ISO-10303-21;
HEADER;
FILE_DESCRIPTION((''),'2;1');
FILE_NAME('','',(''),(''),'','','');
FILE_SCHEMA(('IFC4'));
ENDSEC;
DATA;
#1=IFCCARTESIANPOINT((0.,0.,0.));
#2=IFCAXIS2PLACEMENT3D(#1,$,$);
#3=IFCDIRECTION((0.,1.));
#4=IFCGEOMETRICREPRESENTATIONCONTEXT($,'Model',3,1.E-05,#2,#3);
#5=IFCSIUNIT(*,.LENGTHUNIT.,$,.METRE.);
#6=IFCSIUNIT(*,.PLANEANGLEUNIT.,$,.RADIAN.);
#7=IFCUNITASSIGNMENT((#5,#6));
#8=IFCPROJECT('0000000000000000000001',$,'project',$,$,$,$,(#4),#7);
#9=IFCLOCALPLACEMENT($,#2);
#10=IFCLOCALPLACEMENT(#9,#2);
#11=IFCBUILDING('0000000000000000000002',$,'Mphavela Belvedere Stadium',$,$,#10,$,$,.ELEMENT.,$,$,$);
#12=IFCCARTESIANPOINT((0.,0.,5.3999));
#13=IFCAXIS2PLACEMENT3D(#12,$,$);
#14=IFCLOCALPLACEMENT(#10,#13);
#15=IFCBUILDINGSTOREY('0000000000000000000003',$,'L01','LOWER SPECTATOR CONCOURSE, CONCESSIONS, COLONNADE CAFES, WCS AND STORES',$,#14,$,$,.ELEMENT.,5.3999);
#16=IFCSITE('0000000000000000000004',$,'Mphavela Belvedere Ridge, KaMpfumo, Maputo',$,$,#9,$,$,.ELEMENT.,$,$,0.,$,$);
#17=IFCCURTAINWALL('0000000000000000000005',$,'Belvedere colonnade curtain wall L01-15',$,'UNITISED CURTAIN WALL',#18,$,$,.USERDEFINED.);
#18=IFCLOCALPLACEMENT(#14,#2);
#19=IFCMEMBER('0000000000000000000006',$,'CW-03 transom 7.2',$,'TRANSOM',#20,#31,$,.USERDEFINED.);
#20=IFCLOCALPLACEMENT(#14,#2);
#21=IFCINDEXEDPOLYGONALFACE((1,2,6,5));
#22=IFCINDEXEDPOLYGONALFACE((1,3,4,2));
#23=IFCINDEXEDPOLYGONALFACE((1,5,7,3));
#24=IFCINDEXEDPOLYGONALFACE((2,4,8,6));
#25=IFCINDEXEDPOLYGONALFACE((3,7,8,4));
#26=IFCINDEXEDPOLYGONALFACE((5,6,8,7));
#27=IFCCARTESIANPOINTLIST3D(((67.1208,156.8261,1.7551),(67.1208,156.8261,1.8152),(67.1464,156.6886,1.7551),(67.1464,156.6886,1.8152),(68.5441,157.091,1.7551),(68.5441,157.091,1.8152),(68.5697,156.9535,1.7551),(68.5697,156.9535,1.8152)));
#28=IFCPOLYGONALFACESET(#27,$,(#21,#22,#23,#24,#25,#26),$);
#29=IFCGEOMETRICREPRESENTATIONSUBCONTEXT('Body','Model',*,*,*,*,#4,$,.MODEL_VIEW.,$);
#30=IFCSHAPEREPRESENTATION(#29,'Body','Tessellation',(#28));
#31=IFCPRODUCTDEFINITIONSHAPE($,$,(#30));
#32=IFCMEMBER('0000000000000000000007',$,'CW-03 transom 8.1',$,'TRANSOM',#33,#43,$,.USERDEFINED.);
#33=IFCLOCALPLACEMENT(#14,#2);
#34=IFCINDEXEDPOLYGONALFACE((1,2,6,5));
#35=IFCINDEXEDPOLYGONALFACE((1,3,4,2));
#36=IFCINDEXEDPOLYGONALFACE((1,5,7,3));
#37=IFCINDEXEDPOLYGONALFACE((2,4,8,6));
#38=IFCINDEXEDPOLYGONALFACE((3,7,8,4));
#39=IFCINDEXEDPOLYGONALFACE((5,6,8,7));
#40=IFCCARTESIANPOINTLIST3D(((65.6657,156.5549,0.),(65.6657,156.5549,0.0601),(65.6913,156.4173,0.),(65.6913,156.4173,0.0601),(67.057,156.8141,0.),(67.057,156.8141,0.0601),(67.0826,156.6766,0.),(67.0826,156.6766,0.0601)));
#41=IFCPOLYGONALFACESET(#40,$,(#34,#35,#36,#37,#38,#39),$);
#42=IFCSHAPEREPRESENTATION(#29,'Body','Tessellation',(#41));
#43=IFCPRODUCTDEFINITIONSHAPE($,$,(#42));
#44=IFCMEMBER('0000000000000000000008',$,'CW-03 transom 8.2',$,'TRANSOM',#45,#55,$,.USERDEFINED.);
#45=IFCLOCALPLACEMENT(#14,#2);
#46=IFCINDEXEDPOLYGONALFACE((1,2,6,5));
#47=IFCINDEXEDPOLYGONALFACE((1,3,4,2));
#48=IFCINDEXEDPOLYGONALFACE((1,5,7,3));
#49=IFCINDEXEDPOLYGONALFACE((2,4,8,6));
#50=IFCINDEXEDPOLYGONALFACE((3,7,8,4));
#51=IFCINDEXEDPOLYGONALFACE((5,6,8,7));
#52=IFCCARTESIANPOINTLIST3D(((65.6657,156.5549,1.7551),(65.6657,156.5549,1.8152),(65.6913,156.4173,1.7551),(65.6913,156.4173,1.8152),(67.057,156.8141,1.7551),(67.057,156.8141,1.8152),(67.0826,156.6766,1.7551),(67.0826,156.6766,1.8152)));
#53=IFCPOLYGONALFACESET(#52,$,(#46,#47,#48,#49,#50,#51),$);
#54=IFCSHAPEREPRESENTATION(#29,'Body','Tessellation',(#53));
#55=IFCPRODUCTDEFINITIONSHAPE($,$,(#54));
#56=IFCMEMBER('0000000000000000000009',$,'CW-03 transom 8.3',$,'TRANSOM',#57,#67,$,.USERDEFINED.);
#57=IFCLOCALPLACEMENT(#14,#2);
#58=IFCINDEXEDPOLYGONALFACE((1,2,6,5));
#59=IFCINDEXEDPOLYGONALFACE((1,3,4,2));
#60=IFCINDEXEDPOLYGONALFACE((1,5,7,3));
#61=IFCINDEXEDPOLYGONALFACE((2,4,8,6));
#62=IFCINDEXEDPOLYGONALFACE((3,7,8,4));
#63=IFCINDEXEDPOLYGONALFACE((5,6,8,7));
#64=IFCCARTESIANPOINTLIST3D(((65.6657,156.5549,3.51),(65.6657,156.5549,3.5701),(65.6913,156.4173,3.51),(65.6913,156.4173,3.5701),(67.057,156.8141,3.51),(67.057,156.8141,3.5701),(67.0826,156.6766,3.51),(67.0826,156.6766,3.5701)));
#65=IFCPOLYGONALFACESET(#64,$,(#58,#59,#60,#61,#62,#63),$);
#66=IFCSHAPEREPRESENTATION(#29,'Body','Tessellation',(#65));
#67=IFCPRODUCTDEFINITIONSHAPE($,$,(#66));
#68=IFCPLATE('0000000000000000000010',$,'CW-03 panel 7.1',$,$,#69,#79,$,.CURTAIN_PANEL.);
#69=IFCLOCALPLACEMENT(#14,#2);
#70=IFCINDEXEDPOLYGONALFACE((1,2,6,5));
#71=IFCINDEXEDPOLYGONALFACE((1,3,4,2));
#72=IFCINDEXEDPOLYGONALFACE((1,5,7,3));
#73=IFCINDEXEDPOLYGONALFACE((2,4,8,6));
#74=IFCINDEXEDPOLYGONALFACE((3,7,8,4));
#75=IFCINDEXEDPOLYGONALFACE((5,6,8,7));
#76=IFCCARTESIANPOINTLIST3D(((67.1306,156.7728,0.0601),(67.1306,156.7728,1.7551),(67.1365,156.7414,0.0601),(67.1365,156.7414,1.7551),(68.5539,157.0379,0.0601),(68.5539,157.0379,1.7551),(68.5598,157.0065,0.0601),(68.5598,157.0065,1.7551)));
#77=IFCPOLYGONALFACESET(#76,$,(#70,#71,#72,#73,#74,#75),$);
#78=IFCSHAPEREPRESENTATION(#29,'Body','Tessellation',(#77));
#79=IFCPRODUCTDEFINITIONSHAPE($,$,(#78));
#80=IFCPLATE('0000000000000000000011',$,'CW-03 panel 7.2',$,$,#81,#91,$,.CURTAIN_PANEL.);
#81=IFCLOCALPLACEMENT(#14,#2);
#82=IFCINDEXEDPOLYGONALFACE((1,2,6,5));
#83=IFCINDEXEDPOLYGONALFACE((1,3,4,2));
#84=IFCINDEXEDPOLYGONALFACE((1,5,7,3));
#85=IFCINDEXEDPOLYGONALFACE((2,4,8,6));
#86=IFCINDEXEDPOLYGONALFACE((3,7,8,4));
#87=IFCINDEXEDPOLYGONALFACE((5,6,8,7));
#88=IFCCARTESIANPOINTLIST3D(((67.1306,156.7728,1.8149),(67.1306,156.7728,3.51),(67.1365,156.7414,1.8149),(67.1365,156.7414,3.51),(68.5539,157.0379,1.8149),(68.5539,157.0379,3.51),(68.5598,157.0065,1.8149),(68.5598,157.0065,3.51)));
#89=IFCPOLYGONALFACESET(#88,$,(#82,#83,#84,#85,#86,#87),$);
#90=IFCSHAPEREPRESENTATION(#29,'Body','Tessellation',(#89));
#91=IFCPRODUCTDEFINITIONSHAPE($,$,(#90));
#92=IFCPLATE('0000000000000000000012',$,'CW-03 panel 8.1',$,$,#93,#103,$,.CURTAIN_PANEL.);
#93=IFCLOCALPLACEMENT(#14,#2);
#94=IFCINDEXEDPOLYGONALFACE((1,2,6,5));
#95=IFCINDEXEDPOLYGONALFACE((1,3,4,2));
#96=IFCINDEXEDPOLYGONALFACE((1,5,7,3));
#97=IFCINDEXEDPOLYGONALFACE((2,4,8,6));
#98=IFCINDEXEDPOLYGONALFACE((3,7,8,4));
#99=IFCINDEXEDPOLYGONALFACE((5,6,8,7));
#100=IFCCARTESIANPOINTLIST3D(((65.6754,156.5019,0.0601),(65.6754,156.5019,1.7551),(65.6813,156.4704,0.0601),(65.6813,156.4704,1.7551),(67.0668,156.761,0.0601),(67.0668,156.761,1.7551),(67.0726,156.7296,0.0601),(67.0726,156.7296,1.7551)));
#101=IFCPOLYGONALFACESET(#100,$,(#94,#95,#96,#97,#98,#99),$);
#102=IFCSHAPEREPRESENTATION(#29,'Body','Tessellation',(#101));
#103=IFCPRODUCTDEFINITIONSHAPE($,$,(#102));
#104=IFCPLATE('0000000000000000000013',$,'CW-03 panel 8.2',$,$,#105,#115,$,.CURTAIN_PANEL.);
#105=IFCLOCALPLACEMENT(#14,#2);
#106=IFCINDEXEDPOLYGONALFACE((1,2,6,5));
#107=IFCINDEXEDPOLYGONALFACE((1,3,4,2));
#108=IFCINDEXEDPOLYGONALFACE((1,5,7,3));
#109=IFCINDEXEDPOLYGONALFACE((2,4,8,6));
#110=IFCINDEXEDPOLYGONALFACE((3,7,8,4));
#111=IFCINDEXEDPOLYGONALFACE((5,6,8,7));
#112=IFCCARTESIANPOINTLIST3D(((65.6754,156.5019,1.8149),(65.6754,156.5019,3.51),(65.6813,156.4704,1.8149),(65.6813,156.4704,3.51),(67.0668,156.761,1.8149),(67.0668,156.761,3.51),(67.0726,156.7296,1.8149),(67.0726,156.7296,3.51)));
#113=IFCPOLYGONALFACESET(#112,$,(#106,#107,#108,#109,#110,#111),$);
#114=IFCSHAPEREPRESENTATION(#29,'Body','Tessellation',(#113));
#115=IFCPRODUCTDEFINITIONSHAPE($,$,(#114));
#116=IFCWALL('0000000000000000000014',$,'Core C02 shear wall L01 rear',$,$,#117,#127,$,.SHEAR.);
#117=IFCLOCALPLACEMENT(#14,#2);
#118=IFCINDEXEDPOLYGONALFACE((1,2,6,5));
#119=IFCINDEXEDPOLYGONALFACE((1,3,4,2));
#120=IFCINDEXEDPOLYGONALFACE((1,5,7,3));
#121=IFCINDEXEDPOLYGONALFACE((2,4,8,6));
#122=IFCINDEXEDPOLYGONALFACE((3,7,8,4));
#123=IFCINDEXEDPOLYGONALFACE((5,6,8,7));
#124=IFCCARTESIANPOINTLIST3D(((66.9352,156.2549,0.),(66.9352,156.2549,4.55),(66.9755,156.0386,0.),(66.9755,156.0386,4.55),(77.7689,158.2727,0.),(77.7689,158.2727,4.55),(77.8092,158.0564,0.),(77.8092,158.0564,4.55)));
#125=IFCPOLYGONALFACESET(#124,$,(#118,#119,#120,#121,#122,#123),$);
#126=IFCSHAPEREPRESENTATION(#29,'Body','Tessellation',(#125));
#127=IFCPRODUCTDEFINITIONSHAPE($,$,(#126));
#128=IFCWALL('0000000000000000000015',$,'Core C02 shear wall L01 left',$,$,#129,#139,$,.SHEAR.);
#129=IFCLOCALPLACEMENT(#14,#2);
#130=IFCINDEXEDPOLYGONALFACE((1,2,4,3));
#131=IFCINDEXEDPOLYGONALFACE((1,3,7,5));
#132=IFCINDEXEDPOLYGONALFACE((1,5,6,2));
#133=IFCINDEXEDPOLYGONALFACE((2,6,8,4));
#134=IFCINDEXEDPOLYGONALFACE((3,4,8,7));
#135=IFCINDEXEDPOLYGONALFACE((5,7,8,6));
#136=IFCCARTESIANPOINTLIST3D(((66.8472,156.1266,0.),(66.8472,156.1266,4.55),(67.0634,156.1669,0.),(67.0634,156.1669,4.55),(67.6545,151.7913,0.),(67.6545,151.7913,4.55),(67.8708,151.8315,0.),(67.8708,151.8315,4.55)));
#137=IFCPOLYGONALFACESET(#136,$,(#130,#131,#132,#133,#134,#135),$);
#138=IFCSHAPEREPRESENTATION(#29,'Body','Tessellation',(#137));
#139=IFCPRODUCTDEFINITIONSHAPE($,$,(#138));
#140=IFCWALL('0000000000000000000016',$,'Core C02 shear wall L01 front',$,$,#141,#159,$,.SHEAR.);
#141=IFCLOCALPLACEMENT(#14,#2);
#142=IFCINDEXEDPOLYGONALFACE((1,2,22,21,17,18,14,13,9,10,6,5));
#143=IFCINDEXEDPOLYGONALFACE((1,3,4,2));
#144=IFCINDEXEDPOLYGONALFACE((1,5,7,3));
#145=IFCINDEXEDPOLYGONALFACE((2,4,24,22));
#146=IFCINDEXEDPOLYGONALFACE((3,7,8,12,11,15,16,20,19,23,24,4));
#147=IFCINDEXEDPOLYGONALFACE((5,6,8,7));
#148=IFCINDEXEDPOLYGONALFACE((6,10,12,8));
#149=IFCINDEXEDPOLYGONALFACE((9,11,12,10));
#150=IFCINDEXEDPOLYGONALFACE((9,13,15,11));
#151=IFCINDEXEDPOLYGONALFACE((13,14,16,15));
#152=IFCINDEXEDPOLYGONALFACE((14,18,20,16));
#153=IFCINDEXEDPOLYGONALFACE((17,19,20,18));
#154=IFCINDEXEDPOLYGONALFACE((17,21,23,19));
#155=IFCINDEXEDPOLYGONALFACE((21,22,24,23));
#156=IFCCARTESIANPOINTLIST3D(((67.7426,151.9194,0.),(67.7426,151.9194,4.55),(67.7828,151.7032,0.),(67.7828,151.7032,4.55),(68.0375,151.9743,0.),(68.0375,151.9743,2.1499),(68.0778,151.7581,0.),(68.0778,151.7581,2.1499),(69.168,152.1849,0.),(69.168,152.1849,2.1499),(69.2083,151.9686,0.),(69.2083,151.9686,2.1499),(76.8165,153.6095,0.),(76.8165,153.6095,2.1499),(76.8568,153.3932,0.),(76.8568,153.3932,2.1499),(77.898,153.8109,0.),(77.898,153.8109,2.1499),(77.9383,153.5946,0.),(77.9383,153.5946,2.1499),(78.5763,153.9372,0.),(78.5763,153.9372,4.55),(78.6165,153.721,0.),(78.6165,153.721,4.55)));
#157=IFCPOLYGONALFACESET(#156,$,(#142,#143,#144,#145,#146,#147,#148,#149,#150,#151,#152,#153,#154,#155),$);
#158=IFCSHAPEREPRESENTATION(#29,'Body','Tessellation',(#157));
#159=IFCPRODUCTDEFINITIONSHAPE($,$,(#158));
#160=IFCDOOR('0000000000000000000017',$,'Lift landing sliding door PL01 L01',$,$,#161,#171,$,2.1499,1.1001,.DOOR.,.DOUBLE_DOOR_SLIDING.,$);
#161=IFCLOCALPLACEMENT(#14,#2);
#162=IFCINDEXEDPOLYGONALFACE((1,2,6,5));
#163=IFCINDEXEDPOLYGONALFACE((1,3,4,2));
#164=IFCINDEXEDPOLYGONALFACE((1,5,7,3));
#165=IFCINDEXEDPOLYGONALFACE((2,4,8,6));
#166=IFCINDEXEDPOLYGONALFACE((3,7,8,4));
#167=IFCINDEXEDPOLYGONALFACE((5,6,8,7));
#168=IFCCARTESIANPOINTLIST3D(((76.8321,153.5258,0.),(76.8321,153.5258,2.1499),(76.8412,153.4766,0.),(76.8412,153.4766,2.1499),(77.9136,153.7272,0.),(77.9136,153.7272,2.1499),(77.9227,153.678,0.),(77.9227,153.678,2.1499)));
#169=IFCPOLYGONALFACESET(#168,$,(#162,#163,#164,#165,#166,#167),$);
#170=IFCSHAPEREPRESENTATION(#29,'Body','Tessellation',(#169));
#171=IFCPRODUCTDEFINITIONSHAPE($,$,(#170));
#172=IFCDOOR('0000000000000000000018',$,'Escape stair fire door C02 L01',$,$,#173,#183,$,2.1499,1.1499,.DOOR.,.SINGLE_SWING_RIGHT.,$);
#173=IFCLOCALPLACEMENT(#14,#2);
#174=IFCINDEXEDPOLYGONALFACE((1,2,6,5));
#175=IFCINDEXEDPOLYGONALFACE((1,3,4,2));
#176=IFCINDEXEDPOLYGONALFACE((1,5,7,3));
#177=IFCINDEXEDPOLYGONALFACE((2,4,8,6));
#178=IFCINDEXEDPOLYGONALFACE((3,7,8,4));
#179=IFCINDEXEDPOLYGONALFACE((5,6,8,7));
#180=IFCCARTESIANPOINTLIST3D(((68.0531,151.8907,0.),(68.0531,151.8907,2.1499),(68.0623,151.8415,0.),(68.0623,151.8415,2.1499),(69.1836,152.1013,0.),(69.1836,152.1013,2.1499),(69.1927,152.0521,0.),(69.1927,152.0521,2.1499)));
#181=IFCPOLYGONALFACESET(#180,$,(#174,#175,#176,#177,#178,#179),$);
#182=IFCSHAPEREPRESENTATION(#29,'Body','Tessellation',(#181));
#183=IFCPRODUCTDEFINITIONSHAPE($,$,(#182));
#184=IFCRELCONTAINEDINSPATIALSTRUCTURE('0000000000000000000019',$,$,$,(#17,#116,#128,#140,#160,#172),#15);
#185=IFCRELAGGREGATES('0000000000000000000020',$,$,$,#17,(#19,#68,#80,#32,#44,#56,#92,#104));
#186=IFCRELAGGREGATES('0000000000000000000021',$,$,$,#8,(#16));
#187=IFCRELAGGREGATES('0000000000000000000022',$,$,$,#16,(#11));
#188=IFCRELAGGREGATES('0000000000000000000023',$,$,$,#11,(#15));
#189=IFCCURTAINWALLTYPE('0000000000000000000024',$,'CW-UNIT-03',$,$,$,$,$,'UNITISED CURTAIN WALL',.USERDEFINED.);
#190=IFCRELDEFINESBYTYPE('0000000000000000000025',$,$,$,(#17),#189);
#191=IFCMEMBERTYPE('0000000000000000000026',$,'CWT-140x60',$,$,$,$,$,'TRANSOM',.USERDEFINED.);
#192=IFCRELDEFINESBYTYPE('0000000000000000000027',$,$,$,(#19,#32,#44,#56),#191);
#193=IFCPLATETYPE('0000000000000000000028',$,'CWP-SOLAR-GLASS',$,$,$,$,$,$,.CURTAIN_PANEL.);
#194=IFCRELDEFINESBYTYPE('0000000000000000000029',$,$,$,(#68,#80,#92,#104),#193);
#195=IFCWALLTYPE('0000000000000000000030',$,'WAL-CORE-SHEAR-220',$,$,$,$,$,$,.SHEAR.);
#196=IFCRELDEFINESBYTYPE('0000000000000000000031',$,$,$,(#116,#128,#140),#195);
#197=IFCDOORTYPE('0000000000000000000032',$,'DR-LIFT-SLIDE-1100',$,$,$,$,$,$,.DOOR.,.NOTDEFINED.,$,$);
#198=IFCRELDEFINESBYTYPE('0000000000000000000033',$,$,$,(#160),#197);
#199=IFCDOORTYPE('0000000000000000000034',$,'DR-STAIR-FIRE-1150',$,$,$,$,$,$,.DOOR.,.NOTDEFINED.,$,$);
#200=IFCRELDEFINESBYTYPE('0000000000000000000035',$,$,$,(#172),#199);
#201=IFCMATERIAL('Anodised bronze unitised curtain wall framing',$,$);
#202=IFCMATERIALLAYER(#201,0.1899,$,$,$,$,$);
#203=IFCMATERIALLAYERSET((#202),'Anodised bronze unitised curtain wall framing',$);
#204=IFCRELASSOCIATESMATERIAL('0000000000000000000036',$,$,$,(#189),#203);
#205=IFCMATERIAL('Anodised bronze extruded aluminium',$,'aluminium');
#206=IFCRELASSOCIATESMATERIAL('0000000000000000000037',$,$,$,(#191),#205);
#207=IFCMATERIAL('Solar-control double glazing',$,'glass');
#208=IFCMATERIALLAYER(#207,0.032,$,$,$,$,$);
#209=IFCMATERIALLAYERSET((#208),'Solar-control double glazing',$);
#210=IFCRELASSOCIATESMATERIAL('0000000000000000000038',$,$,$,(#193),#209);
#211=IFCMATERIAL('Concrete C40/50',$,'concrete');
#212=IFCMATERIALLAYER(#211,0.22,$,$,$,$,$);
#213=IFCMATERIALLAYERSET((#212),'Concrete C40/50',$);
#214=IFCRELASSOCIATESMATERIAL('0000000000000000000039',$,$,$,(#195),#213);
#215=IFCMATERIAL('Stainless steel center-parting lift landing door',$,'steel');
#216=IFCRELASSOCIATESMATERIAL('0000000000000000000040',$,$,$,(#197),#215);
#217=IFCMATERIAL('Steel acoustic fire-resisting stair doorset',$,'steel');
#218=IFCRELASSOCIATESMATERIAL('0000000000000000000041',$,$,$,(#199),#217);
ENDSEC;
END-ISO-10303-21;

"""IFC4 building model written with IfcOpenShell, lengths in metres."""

from ifc_helpers import new_model, si_unit, direction, frame, frame_2d, origin, origin_2d, place, context, subcontext, project, spatial, rectangle, extrude, material, layer, layer_set, material_profile, profile_set, type_object, element, fill, aggregate, save


model = new_model("IFC4")

# Units and contexts
model_context = context("Model", 3, precision=1e-05, world=origin(), true_north=direction((0.0, 1.0)))
body_context = subcontext(model_context, "Body", "Model", "MODEL_VIEW")
ifc_project = project(units=[si_unit("LENGTHUNIT", "METRE"), si_unit("PLANEANGLEUNIT", "RADIAN")], contexts=[model_context])

# Site, building, storey
site_placement = place(None, origin())
site = spatial("IfcSite", under=ifc_project, at=site_placement, Name="Mphavela Belvedere Ridge, KaMpfumo, Maputo", CompositionType="ELEMENT", RefElevation=0.0)
building_placement = place(site_placement, origin())
building = spatial("IfcBuilding", under=site, at=building_placement, Name="Mphavela Belvedere Stadium", CompositionType="ELEMENT")
storey_placement = place(building_placement, frame((0.0, 0.0, 5.3999)))
storey = spatial("IfcBuildingStorey", under=building, at=storey_placement, Name="L01", Description="LOWER SPECTATOR CONCOURSE, CONCESSIONS, COLONNADE CAFES, WCS AND STORES", CompositionType="ELEMENT", Elevation=5.3999)

# Curtain wall, members, plates
ifc_material_1 = material(Name="Anodised bronze unitised curtain wall framing")
ifc_layer_1 = layer(ifc_material_1, 0.1899)
ifc_layer_set_1 = layer_set([ifc_layer_1], Name="Anodised bronze unitised curtain wall framing")
curtain_wall_type = type_object("IfcCurtainWallType", Name="CW-UNIT-03", ElementType="UNITISED CURTAIN WALL", PredefinedType="USERDEFINED", material=ifc_layer_set_1)
curtain_wall_placement = place(storey_placement, origin())
curtain_wall = element("IfcCurtainWall", 1, at=curtain_wall_placement, inside=storey, type_object=curtain_wall_type, Name="Belvedere colonnade curtain wall L01-15", ObjectType="UNITISED CURTAIN WALL", PredefinedType="USERDEFINED")
ifc_material_2 = material(Name="Anodised bronze extruded aluminium", Category="aluminium")
ifc_material_profile_1 = material_profile(ifc_material_2, rectangle(XDim=0.1399, YDim=0.0601, at=origin_2d()), Name="CW-TRN 140x60")
ifc_profile_set_1 = profile_set([ifc_material_profile_1], Name="Anodised bronze extruded aluminium")
member_type_1 = type_object("IfcMemberType", Name="CWT-140x60", ElementType="TRANSOM", PredefinedType="USERDEFINED", material=ifc_profile_set_1)
member_1_placement = place(storey_placement, frame((68.5569, 157.0222, 1.7852), z_axis=(-0.983119, -0.182965, 0.0), x_axis=(0.182965, -0.983119, 0.0)))
member_1 = element("IfcMember", 2, at=member_1_placement, type_object=member_type_1, Name="CW-03 transom 7.2", ObjectType="TRANSOM", PredefinedType="USERDEFINED", context=body_context, shape_type="SweptSolid", body=[
    extrude(rectangle(XDim=0.1399, YDim=0.0601, at=origin_2d()), origin(), (0.0, 0.0, 1.0), 1.4478),
])
member_2_placement = place(storey_placement, frame((67.0698, 156.7454, 0.03), z_axis=(-0.983077, -0.183195, 0.0), x_axis=(0.183195, -0.983077, 0.0)))
member_2 = element("IfcMember", 3, at=member_2_placement, type_object=member_type_1, Name="CW-03 transom 8.1", ObjectType="TRANSOM", PredefinedType="USERDEFINED", context=body_context, shape_type="SweptSolid", body=[
    extrude(rectangle(XDim=0.1399, YDim=0.0601, at=origin_2d()), origin(), (0.0, 0.0, 1.0), 1.4153),
])
member_3_placement = place(storey_placement, frame((67.0698, 156.7454, 1.7852), z_axis=(-0.983077, -0.183195, 0.0), x_axis=(0.183195, -0.983077, 0.0)))
member_3 = element("IfcMember", 4, at=member_3_placement, type_object=member_type_1, Name="CW-03 transom 8.2", ObjectType="TRANSOM", PredefinedType="USERDEFINED", context=body_context, shape_type="SweptSolid", body=[
    extrude(rectangle(XDim=0.1399, YDim=0.0601, at=origin_2d()), origin(), (0.0, 0.0, 1.0), 1.4153),
])
member_4_placement = place(storey_placement, frame((67.0698, 156.7454, 3.54), z_axis=(-0.983077, -0.183195, 0.0), x_axis=(0.183195, -0.983077, 0.0)))
member_4 = element("IfcMember", 5, at=member_4_placement, type_object=member_type_1, Name="CW-03 transom 8.3", ObjectType="TRANSOM", PredefinedType="USERDEFINED", context=body_context, shape_type="SweptSolid", body=[
    extrude(rectangle(XDim=0.1399, YDim=0.0601, at=origin_2d()), origin(), (0.0, 0.0, 1.0), 1.4153),
])
ifc_material_3 = material(Name="Solar-control double glazing", Category="glass")
ifc_layer_2 = layer(ifc_material_3, 0.032)
ifc_layer_set_2 = layer_set([ifc_layer_2], Name="Solar-control double glazing")
plate_type = type_object("IfcPlateType", Name="CWP-SOLAR-GLASS", PredefinedType="CURTAIN_PANEL", material=ifc_layer_set_2)
plate_1_placement = place(storey_placement, frame((67.8452, 156.8896, 0.0601), z_axis=(0.0, 0.0, 1.0), x_axis=(-0.983095, -0.183095, 0.0)))
plate_1 = element("IfcPlate", 6, at=plate_1_placement, type_object=plate_type, Name="CW-03 panel 7.1", PredefinedType="CURTAIN_PANEL", context=body_context, shape_type="SweptSolid", body=[
    extrude(rectangle(XDim=1.4478, YDim=0.032, at=origin_2d()), origin(), (0.0, 0.0, 1.0), 1.6951),
])
plate_2_placement = place(storey_placement, frame((67.8452, 156.8896, 1.8149), z_axis=(0.0, 0.0, 1.0), x_axis=(-0.983095, -0.183095, 0.0)))
plate_2 = element("IfcPlate", 7, at=plate_2_placement, type_object=plate_type, Name="CW-03 panel 7.2", PredefinedType="CURTAIN_PANEL", context=body_context, shape_type="SweptSolid", body=[
    extrude(rectangle(XDim=1.4478, YDim=0.032, at=origin_2d()), origin(), (0.0, 0.0, 1.0), 1.6951),
])
plate_3_placement = place(storey_placement, frame((66.374, 156.6157, 0.0601), z_axis=(0.0, 0.0, 1.0), x_axis=(-0.983095, -0.183095, 0.0)))
plate_3 = element("IfcPlate", 8, at=plate_3_placement, type_object=plate_type, Name="CW-03 panel 8.1", PredefinedType="CURTAIN_PANEL", context=body_context, shape_type="SweptSolid", body=[
    extrude(rectangle(XDim=1.4153, YDim=0.032, at=origin_2d()), origin(), (0.0, 0.0, 1.0), 1.6951),
])
plate_4_placement = place(storey_placement, frame((66.374, 156.6157, 1.8149), z_axis=(0.0, 0.0, 1.0), x_axis=(-0.983095, -0.183095, 0.0)))
plate_4 = element("IfcPlate", 9, at=plate_4_placement, type_object=plate_type, Name="CW-03 panel 8.2", PredefinedType="CURTAIN_PANEL", context=body_context, shape_type="SweptSolid", body=[
    extrude(rectangle(XDim=1.4153, YDim=0.032, at=origin_2d()), origin(), (0.0, 0.0, 1.0), 1.6951),
])
aggregate(curtain_wall, [member_1, plate_1, plate_2, member_2, member_3, member_4, plate_3, plate_4])

# Walls
ifc_material_4 = material(Name="Concrete C40/50", Category="concrete")
ifc_layer_3 = layer(ifc_material_4, 0.22)
ifc_layer_set_3 = layer_set([ifc_layer_3], Name="Concrete C40/50")
wall_type_1 = type_object("IfcWallType", Name="WAL-CORE-SHEAR-220", PredefinedType="SHEAR", material=ifc_layer_set_3)
wall_1_placement = place(storey_placement, frame((66.9553, 156.1467, 0.0), z_axis=(0.0, 0.0, 1.0), x_axis=(0.983093, 0.183105, 0.0)))
element("IfcWall", 10, at=wall_1_placement, inside=storey, type_object=wall_type_1, Name="Core C02 shear wall L01 rear", PredefinedType="SHEAR", context=body_context, shape_type="SweptSolid", body=[
    extrude(rectangle(XDim=11.02, YDim=0.22, at=frame_2d((5.51, 0.0))), origin(), (0.0, 0.0, 1.0), 4.55),
])
wall_2_placement = place(storey_placement, frame((67.7627, 151.8113, 0.0), z_axis=(0.0, 0.0, 1.0), x_axis=(-0.183078, 0.983098, 0.0)))
element("IfcWall", 11, at=wall_2_placement, inside=storey, type_object=wall_type_1, Name="Core C02 shear wall L01 left", PredefinedType="SHEAR", context=body_context, shape_type="SweptSolid", body=[
    extrude(rectangle(XDim=4.4099, YDim=0.22, at=frame_2d((2.2051, 0.0))), origin(), (0.0, 0.0, 1.0), 4.55),
])

# Wall, openings, doors
wall_3_placement = place(storey_placement, frame((67.7627, 151.8113, 0.0), z_axis=(0.0, 0.0, 1.0), x_axis=(0.983093, 0.183105, 0.0)))
wall_3 = element("IfcWall", 12, at=wall_3_placement, inside=storey, type_object=wall_type_1, Name="Core C02 shear wall L01 front", PredefinedType="SHEAR", context=body_context, shape_type="SweptSolid", body=[
    extrude(rectangle(XDim=11.02, YDim=0.22, at=frame_2d((5.51, 0.0))), origin(), (0.0, 0.0, 1.0), 4.55),
])
opening_1_placement = place(wall_3_placement, frame((0.3, 0.0, 0.0)))
opening_1 = element("IfcOpeningElement", 13, at=opening_1_placement, cuts=wall_3, PredefinedType="OPENING", context=body_context, shape_type="SweptSolid", body=[
    extrude(rectangle(XDim=1.1499, YDim=2.1499, at=frame_2d((0.575, 1.075))), frame((0.0, 0.1201, 0.0), z_axis=(0.0, -1.0, 0.0), x_axis=(1.0, 0.0, 0.0)), (0.0, 0.0, 1.0), 0.24),
])
opening_2_placement = place(wall_3_placement, frame((9.23, 0.0, 0.0)))
opening_2 = element("IfcOpeningElement", 14, at=opening_2_placement, cuts=wall_3, PredefinedType="OPENING", context=body_context, shape_type="SweptSolid", body=[
    extrude(rectangle(XDim=1.1001, YDim=2.1499, at=frame_2d((0.55, 1.075))), frame((0.0, 0.1201, 0.0), z_axis=(0.0, -1.0, 0.0), x_axis=(1.0, 0.0, 0.0)), (0.0, 0.0, 1.0), 0.24),
])
ifc_material_5 = material(Name="Stainless steel center-parting lift landing door", Category="steel")
door_type_1 = type_object("IfcDoorType", Name="DR-LIFT-SLIDE-1100", OperationType="NOTDEFINED", PredefinedType="DOOR", material=ifc_material_5)
door_1_placement = place(opening_2_placement, origin())
door_1 = element("IfcDoor", 15, at=door_1_placement, inside=storey, type_object=door_type_1, Name="Lift landing sliding door PL01 L01", OperationType="DOUBLE_DOOR_SLIDING", OverallHeight=2.1499, OverallWidth=1.1001, PredefinedType="DOOR", context=body_context, shape_type="SweptSolid", body=[
    extrude(rectangle(XDim=1.1001, YDim=2.1499, at=frame_2d((0.55, 1.075))), frame((0.0, 0.0249, 0.0), z_axis=(0.0, -1.0, 0.0), x_axis=(1.0, 0.0, 0.0)), (0.0, 0.0, 1.0), 0.05),
])
fill(opening_2, door_1)
ifc_material_6 = material(Name="Steel acoustic fire-resisting stair doorset", Category="steel")
door_type_2 = type_object("IfcDoorType", Name="DR-STAIR-FIRE-1150", OperationType="NOTDEFINED", PredefinedType="DOOR", material=ifc_material_6)
door_2_placement = place(opening_1_placement, origin())
door_2 = element("IfcDoor", 16, at=door_2_placement, inside=storey, type_object=door_type_2, Name="Escape stair fire door C02 L01", OperationType="SINGLE_SWING_RIGHT", OverallHeight=2.1499, OverallWidth=1.1499, PredefinedType="DOOR", context=body_context, shape_type="SweptSolid", body=[
    extrude(rectangle(XDim=1.1499, YDim=2.1499, at=frame_2d((0.575, 1.075))), frame((0.0, 0.0249, 0.0), z_axis=(0.0, -1.0, 0.0), x_axis=(1.0, 0.0, 0.0)), (0.0, 0.0, 1.0), 0.05),
])
fill(opening_1, door_2)

save(model, "model.ifc")
